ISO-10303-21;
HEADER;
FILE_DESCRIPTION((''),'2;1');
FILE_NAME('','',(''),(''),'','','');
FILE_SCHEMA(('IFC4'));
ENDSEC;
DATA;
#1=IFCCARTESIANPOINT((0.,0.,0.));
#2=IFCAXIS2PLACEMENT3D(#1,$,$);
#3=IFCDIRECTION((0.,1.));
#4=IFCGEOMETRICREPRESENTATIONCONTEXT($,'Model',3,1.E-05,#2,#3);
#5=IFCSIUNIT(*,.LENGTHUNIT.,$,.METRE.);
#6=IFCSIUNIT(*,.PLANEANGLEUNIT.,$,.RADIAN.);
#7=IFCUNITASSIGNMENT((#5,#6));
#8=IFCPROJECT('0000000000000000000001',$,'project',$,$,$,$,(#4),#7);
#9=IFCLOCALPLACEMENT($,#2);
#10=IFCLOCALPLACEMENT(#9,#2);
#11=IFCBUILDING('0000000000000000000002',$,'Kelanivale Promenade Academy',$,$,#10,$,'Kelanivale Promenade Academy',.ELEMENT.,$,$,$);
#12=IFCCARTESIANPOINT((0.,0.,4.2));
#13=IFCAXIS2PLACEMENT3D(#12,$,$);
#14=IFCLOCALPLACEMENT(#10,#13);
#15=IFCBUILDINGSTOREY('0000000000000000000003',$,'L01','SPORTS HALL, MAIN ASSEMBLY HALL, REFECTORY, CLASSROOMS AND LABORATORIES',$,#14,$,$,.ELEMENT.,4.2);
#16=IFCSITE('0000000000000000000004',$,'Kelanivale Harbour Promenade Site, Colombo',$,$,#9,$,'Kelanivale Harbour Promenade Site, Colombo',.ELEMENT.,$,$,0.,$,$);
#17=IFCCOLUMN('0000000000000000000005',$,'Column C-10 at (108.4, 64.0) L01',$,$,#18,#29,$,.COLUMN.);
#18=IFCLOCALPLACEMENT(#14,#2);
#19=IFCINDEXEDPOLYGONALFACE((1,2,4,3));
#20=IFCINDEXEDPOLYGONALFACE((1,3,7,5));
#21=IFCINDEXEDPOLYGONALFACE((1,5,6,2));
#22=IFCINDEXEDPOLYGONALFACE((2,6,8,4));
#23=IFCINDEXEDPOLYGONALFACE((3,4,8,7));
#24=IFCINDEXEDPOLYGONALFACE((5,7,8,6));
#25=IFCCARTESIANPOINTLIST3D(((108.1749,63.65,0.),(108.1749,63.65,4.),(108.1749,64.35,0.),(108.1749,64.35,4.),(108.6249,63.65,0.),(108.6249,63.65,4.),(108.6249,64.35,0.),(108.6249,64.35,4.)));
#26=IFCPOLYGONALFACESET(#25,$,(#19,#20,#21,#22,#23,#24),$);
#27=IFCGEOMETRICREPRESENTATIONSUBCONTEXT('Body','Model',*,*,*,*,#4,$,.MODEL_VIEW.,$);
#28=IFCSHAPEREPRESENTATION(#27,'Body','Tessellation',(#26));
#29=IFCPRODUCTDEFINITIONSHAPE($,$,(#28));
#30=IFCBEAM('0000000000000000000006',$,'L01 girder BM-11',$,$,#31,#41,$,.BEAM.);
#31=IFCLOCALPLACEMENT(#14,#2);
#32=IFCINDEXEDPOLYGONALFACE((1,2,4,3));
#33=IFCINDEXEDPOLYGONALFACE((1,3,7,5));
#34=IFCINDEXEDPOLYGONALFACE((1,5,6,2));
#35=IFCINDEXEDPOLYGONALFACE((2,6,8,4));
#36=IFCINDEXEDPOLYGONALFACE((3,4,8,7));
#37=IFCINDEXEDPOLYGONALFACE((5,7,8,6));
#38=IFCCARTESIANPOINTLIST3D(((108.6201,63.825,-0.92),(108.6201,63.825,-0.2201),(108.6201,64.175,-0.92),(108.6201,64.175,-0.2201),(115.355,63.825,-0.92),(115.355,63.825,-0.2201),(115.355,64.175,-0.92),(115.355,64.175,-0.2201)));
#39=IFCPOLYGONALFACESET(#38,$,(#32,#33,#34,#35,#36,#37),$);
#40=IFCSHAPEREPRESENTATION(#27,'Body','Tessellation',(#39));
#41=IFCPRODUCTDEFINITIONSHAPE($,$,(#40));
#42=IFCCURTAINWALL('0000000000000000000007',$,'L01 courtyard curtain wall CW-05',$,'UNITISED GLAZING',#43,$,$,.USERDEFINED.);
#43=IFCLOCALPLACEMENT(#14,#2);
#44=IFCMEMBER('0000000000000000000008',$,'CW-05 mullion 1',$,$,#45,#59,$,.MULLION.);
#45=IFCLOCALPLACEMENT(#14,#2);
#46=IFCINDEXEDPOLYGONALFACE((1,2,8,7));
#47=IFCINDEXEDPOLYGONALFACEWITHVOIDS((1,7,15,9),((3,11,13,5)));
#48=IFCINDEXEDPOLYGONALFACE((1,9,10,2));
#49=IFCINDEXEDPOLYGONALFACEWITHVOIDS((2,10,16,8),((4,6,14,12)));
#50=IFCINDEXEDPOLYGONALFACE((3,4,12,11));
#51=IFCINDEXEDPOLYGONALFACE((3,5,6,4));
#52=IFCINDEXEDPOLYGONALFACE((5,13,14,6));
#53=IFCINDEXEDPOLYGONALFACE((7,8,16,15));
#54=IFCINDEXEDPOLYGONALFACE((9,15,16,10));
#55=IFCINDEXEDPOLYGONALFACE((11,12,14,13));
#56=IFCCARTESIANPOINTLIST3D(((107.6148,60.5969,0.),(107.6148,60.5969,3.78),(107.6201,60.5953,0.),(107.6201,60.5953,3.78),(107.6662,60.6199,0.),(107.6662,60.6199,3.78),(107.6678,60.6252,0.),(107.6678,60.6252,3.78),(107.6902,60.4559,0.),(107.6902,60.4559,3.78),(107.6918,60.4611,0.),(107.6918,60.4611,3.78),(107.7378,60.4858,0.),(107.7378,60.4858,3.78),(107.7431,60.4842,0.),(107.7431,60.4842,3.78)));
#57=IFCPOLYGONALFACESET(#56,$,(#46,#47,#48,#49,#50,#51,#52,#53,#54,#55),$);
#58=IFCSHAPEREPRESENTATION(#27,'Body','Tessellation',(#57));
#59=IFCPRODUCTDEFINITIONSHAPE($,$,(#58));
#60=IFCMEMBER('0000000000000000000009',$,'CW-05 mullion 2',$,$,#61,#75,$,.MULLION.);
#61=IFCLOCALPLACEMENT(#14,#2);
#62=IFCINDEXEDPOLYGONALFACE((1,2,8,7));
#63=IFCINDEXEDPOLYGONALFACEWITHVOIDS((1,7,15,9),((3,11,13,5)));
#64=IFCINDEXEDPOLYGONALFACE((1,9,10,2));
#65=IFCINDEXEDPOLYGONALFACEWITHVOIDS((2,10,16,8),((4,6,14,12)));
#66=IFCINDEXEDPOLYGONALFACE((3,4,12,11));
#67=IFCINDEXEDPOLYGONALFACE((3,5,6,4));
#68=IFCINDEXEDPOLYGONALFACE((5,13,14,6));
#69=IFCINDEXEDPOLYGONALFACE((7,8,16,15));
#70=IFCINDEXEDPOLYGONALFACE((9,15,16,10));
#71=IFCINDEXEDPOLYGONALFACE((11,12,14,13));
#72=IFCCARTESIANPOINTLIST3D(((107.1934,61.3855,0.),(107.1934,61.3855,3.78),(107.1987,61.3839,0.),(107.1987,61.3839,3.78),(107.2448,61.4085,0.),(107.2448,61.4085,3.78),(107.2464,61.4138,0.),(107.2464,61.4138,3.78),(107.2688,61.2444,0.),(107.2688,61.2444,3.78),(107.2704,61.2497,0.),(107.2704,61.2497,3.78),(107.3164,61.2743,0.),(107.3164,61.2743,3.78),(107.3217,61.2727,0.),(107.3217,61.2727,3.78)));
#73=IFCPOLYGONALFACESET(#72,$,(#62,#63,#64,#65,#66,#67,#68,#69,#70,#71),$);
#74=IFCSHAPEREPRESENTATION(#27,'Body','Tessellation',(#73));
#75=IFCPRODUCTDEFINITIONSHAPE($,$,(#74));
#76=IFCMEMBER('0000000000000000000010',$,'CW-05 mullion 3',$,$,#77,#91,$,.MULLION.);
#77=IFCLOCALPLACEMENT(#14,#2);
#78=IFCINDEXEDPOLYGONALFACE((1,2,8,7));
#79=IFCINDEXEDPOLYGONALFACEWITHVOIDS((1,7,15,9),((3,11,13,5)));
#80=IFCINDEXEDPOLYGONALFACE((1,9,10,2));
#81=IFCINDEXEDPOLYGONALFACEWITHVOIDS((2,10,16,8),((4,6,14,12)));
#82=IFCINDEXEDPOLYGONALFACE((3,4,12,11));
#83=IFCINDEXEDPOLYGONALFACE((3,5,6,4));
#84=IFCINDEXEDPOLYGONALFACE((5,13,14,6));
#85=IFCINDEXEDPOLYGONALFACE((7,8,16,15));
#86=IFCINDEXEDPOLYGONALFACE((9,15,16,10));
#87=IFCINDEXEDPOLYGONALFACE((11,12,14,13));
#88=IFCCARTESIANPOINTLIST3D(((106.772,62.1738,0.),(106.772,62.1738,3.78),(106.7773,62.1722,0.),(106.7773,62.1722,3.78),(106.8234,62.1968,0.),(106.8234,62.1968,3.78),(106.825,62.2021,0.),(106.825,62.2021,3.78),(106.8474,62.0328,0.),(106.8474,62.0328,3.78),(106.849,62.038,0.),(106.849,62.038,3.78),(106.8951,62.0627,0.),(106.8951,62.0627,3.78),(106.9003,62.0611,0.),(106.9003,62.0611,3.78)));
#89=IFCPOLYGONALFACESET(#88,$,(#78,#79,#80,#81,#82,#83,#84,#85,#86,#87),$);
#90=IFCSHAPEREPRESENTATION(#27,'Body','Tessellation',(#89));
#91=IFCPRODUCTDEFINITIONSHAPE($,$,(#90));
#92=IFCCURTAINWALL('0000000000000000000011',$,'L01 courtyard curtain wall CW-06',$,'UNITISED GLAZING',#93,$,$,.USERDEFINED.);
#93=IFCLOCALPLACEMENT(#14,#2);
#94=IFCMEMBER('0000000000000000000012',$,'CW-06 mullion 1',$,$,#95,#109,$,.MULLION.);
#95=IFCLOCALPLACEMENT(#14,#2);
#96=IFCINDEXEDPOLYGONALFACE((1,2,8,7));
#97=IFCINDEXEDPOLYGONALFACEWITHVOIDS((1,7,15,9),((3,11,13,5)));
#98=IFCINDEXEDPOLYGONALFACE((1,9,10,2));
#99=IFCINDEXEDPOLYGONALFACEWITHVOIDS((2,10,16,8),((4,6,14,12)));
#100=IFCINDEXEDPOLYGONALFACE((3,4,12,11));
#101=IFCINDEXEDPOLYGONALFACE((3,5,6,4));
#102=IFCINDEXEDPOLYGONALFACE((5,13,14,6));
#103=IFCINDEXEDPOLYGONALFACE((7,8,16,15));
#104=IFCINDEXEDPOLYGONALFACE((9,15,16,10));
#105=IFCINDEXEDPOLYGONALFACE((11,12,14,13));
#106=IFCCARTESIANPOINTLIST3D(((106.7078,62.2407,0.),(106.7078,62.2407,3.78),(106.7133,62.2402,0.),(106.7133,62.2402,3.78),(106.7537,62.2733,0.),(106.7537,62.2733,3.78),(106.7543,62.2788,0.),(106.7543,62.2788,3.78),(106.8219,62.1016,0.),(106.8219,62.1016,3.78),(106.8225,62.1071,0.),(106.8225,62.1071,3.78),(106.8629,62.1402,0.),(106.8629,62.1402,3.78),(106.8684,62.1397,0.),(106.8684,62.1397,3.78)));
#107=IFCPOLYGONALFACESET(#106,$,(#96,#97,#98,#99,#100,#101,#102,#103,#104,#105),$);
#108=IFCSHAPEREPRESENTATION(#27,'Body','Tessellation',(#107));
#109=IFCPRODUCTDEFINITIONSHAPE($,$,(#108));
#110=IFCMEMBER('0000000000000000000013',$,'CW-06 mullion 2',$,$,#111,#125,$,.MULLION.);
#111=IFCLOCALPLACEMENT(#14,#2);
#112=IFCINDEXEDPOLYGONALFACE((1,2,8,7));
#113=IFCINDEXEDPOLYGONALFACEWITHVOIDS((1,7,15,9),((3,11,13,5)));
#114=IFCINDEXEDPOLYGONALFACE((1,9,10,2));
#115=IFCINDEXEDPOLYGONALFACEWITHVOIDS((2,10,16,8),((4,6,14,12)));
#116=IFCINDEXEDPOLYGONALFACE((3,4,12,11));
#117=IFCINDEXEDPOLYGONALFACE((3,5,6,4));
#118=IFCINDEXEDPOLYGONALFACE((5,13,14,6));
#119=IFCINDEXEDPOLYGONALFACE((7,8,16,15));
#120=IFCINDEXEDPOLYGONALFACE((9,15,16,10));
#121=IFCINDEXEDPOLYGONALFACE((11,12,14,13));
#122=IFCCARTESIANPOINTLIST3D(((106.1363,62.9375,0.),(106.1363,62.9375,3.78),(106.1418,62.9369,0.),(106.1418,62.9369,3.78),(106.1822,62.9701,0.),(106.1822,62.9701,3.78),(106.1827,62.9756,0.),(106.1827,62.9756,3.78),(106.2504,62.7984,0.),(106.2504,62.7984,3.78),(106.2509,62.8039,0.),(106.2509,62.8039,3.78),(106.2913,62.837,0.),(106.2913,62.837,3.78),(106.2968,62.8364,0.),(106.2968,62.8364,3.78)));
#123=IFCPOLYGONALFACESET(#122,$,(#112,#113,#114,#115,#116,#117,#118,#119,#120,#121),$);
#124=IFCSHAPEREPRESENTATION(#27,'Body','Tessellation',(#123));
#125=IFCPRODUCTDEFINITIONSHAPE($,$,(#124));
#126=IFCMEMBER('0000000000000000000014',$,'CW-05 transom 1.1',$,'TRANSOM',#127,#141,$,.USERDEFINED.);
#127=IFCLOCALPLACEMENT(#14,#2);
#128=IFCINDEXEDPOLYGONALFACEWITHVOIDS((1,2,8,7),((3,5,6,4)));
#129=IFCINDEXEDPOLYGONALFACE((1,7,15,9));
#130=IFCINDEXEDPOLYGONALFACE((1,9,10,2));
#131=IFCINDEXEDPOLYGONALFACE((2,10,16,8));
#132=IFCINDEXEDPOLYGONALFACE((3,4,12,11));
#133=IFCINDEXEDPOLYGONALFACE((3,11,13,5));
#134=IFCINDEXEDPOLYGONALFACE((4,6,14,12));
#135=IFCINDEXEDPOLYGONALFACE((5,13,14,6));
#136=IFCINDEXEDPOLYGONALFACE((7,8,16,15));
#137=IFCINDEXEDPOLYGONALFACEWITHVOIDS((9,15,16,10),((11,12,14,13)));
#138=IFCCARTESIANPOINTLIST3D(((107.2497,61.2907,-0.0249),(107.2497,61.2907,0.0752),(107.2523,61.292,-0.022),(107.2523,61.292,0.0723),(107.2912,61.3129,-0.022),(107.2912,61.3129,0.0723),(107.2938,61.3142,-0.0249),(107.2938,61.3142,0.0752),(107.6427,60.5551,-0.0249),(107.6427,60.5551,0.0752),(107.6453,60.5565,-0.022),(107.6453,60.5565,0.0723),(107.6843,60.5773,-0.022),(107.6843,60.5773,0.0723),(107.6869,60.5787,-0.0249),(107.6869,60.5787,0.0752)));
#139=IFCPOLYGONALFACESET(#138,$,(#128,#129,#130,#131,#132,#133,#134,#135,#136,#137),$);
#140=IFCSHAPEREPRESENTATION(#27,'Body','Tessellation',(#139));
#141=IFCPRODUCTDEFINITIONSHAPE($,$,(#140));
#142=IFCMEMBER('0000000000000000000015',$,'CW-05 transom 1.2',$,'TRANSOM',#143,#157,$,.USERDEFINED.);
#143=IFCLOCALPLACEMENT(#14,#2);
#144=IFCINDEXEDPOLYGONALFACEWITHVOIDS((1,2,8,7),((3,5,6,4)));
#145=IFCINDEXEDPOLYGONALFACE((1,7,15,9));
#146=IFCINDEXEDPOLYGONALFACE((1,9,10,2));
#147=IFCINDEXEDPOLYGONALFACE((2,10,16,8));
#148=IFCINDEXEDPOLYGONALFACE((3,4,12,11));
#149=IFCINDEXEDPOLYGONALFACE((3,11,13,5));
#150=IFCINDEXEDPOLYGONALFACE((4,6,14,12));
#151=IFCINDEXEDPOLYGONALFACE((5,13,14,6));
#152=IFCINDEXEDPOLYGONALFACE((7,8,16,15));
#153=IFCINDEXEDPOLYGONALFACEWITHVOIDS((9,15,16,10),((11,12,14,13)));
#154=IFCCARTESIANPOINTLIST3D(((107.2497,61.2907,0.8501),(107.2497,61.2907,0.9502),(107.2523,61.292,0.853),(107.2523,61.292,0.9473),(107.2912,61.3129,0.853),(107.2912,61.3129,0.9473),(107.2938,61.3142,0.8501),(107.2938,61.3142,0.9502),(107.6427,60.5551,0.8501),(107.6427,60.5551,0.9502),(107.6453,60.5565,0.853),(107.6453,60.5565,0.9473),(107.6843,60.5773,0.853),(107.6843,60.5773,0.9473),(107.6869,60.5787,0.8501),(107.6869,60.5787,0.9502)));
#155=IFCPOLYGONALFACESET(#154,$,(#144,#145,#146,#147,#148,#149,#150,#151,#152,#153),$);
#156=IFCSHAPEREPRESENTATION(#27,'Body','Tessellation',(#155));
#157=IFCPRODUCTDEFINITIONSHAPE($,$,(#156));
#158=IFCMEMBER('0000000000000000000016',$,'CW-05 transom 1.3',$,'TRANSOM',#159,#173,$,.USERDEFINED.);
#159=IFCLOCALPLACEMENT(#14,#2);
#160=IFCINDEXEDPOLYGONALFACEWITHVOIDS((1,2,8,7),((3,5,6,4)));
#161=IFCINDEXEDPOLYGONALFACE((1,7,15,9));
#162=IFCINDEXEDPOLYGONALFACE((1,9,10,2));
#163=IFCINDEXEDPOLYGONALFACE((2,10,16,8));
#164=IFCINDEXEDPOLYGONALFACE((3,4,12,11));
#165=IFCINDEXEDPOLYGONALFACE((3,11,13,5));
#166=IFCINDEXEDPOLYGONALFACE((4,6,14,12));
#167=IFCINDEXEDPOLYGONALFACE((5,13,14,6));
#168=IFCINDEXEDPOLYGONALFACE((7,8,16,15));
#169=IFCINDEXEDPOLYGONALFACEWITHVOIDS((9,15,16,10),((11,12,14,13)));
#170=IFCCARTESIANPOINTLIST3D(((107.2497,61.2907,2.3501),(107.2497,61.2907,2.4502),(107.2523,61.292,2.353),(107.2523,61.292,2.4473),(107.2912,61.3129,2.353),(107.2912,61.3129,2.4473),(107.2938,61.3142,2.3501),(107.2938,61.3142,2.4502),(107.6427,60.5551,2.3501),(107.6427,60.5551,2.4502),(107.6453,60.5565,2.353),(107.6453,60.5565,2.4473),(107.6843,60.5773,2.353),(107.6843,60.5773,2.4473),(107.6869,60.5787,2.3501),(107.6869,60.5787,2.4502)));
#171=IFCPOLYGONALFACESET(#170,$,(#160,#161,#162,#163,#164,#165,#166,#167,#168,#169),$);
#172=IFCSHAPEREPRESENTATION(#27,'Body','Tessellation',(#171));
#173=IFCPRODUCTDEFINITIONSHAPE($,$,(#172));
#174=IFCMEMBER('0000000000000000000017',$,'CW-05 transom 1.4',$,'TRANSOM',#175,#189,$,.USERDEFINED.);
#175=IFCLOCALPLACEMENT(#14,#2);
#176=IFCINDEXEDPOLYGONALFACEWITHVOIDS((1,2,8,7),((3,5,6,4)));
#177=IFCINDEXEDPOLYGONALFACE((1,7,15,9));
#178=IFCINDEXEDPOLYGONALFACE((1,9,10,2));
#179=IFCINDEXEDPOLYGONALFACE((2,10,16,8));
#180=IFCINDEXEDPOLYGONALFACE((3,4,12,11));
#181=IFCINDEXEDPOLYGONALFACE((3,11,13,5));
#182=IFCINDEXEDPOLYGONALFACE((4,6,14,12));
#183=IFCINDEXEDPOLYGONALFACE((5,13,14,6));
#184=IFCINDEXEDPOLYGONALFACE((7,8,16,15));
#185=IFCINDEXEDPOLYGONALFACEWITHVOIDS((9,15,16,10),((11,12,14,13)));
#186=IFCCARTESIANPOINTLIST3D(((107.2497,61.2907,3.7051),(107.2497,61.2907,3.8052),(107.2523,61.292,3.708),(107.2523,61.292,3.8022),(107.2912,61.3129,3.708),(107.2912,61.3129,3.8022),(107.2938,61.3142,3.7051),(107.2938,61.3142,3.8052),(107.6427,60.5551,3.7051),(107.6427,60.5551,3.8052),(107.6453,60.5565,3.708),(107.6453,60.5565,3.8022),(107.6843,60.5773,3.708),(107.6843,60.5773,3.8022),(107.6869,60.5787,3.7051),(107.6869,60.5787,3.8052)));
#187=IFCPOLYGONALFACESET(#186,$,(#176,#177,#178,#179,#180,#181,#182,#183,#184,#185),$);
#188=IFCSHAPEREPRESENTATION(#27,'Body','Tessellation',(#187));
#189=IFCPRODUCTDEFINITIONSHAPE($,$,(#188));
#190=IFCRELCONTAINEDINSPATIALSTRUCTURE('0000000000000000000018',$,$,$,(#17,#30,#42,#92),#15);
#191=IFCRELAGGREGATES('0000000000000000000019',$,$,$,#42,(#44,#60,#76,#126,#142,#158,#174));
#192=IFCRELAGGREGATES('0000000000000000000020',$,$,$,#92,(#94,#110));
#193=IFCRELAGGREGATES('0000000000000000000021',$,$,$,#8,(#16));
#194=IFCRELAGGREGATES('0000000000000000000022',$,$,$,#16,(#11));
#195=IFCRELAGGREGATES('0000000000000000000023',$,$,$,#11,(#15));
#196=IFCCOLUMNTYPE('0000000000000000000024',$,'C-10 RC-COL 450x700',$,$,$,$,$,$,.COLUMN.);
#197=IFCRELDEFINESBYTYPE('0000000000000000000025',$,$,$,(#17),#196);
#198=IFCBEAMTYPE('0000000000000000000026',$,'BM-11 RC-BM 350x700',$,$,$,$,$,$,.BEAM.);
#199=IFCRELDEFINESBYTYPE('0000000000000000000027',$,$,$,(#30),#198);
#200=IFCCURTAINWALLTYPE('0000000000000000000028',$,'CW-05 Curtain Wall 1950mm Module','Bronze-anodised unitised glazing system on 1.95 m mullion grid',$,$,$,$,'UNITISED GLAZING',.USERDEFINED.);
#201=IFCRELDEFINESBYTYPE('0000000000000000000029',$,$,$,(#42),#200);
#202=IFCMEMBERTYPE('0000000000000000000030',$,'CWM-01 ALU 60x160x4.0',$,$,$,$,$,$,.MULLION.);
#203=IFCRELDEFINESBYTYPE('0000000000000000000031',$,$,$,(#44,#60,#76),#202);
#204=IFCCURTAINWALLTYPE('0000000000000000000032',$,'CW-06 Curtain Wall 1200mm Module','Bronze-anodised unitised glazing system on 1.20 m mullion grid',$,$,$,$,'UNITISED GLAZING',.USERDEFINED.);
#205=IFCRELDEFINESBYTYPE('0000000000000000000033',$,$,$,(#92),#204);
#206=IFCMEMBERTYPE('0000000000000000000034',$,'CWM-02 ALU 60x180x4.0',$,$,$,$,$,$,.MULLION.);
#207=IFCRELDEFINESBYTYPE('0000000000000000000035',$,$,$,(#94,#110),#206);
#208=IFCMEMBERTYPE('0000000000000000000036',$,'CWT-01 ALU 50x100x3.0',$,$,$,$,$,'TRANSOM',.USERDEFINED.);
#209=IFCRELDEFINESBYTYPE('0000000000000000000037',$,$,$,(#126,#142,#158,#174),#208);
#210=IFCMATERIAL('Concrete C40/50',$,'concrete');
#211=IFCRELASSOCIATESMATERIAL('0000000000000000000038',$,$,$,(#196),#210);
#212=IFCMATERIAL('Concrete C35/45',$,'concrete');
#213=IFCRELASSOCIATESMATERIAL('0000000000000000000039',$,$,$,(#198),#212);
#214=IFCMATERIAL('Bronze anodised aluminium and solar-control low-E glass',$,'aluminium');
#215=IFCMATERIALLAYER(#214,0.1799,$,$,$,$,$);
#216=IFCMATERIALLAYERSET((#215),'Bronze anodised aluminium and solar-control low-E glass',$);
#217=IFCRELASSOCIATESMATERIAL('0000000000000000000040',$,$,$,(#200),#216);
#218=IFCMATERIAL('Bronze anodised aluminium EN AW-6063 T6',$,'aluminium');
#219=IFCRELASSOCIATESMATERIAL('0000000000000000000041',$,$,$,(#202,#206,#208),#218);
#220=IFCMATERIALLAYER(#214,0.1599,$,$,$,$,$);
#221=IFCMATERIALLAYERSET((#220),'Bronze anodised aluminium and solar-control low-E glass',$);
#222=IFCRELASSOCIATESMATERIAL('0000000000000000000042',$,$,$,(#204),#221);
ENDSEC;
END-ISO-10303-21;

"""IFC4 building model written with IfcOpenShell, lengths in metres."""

from ifc_helpers import new_model, si_unit, direction, frame, origin, origin_2d, place, context, subcontext, project, spatial, rectangle, hollow_rectangle, extrude, material, layer, layer_set, material_profile, profile_set, type_object, element, aggregate, save


model = new_model("IFC4")

# Units and contexts
model_context = context("Model", 3, precision=1e-05, world=origin(), true_north=direction((0.0, 1.0)))
body_context = subcontext(model_context, "Body", "Model", "MODEL_VIEW")
ifc_project = project(units=[si_unit("LENGTHUNIT", "METRE"), si_unit("PLANEANGLEUNIT", "RADIAN")], contexts=[model_context])

# Site, building, storey
site_placement = place(None, origin())
site = spatial("IfcSite", under=ifc_project, at=site_placement, Name="Kelanivale Harbour Promenade Site, Colombo", LongName="Kelanivale Harbour Promenade Site, Colombo", CompositionType="ELEMENT", RefElevation=0.0)
building_placement = place(site_placement, origin())
building = spatial("IfcBuilding", under=site, at=building_placement, Name="Kelanivale Promenade Academy", LongName="Kelanivale Promenade Academy", CompositionType="ELEMENT")
storey_placement = place(building_placement, frame((0.0, 0.0, 4.2)))
storey = spatial("IfcBuildingStorey", under=building, at=storey_placement, Name="L01", Description="SPORTS HALL, MAIN ASSEMBLY HALL, REFECTORY, CLASSROOMS AND LABORATORIES", CompositionType="ELEMENT", Elevation=4.2)

# Column
ifc_material_1 = material(Name="Concrete C40/50", Category="concrete")
ifc_material_profile_1 = material_profile(ifc_material_1, rectangle(XDim=0.45, YDim=0.7, at=origin_2d()), Name="RC-COL 450x700")
ifc_profile_set_1 = profile_set([ifc_material_profile_1], Name="Concrete C40/50")
column_type = type_object("IfcColumnType", Name="C-10 RC-COL 450x700", PredefinedType="COLUMN", material=ifc_profile_set_1)
column_placement = place(storey_placement, frame((108.3999, 64.0, 0.0), z_axis=(0.0, 0.0, 1.0), x_axis=(1.0, 0.0, 0.0)))
element("IfcColumn", 1, at=column_placement, inside=storey, type_object=column_type, Name="Column C-10 at (108.4, 64.0) L01", PredefinedType="COLUMN", context=body_context, shape_type="SweptSolid", body=[
    extrude(rectangle(XDim=0.45, YDim=0.7, at=origin_2d()), origin(), (0.0, 0.0, 1.0), 4.0),
])

# Beam
ifc_material_2 = material(Name="Concrete C35/45", Category="concrete")
ifc_material_profile_2 = material_profile(ifc_material_2, rectangle(XDim=0.3501, YDim=0.7, at=origin_2d()), Name="RC-BM 350x700")
ifc_profile_set_2 = profile_set([ifc_material_profile_2], Name="Concrete C35/45")
beam_type_1 = type_object("IfcBeamType", Name="BM-11 RC-BM 350x700", PredefinedType="BEAM", material=ifc_profile_set_2)
beam_1_placement = place(storey_placement, frame((108.6201, 64.0, -0.5701), z_axis=(1.0, 0.0, 0.0), x_axis=(0.0, 1.0, 0.0)))
element("IfcBeam", 2, at=beam_1_placement, inside=storey, type_object=beam_type_1, Name="L01 girder BM-11", PredefinedType="BEAM", context=body_context, shape_type="SweptSolid", body=[
    extrude(rectangle(XDim=0.3501, YDim=0.7, at=origin_2d()), origin(), (0.0, 0.0, 1.0), 6.7349),
])

# Curtain walls, members
ifc_material_3 = material(Name="Bronze anodised aluminium and solar-control low-E glass", Category="aluminium")
ifc_layer_1 = layer(ifc_material_3, 0.1799)
ifc_layer_set_1 = layer_set([ifc_layer_1], Name="Bronze anodised aluminium and solar-control low-E glass")
curtain_wall_type_1 = type_object("IfcCurtainWallType", Name="CW-05 Curtain Wall 1950mm Module", Description="Bronze-anodised unitised glazing system on 1.95 m mullion grid", ElementType="UNITISED GLAZING", PredefinedType="USERDEFINED", material=ifc_layer_set_1)
curtain_wall_1_placement = place(storey_placement, origin())
curtain_wall_1 = element("IfcCurtainWall", 3, at=curtain_wall_1_placement, inside=storey, type_object=curtain_wall_type_1, Name="L01 courtyard curtain wall CW-05", ObjectType="UNITISED GLAZING", PredefinedType="USERDEFINED")
ifc_material_4 = material(Name="Bronze anodised aluminium EN AW-6063 T6", Category="aluminium")
ifc_material_profile_3 = material_profile(ifc_material_4, hollow_rectangle(XDim=0.0601, YDim=0.1599, WallThickness=0.0039, at=origin_2d()), Name="ALU 60x160x4.0")
ifc_profile_set_3 = profile_set([ifc_material_profile_3], Name="Bronze anodised aluminium EN AW-6063 T6")
member_type_1 = type_object("IfcMemberType", Name="CWM-01 ALU 60x160x4.0", PredefinedType="MULLION", material=ifc_profile_set_3)
member_1_placement = place(storey_placement, frame((107.679, 60.5405, 0.0), z_axis=(0.0, 0.0, 1.0), x_axis=(-0.881978, -0.47129, 0.0)))
member_1 = element("IfcMember", 4, at=member_1_placement, type_object=member_type_1, Name="CW-05 mullion 1", PredefinedType="MULLION", context=body_context, shape_type="SweptSolid", body=[
    extrude(hollow_rectangle(XDim=0.0601, YDim=0.1599, WallThickness=0.0039, at=origin_2d()), origin(), (0.0, 0.0, 1.0), 3.78),
])
member_2_placement = place(storey_placement, frame((107.2576, 61.3291, 0.0), z_axis=(0.0, 0.0, 1.0), x_axis=(-0.881978, -0.47129, 0.0)))
member_2 = element("IfcMember", 5, at=member_2_placement, type_object=member_type_1, Name="CW-05 mullion 2", PredefinedType="MULLION", context=body_context, shape_type="SweptSolid", body=[
    extrude(hollow_rectangle(XDim=0.0601, YDim=0.1599, WallThickness=0.0039, at=origin_2d()), origin(), (0.0, 0.0, 1.0), 3.78),
])
member_3_placement = place(storey_placement, frame((106.8362, 62.1174, 0.0), z_axis=(0.0, 0.0, 1.0), x_axis=(-0.881978, -0.47129, 0.0)))
member_3 = element("IfcMember", 6, at=member_3_placement, type_object=member_type_1, Name="CW-05 mullion 3", PredefinedType="MULLION", context=body_context, shape_type="SweptSolid", body=[
    extrude(hollow_rectangle(XDim=0.0601, YDim=0.1599, WallThickness=0.0039, at=origin_2d()), origin(), (0.0, 0.0, 1.0), 3.78),
])
ifc_layer_2 = layer(ifc_material_3, 0.1599)
ifc_layer_set_2 = layer_set([ifc_layer_2], Name="Bronze anodised aluminium and solar-control low-E glass")
curtain_wall_type_2 = type_object("IfcCurtainWallType", Name="CW-06 Curtain Wall 1200mm Module", Description="Bronze-anodised unitised glazing system on 1.20 m mullion grid", ElementType="UNITISED GLAZING", PredefinedType="USERDEFINED", material=ifc_layer_set_2)
curtain_wall_2_placement = place(storey_placement, origin())
curtain_wall_2 = element("IfcCurtainWall", 7, at=curtain_wall_2_placement, inside=storey, type_object=curtain_wall_type_2, Name="L01 courtyard curtain wall CW-06", ObjectType="UNITISED GLAZING", PredefinedType="USERDEFINED")
ifc_material_profile_4 = material_profile(ifc_material_4, hollow_rectangle(XDim=0.0601, YDim=0.1799, WallThickness=0.0039, at=origin_2d()), Name="ALU 60x180x4.0")
ifc_profile_set_4 = profile_set([ifc_material_profile_4], Name="Bronze anodised aluminium EN AW-6063 T6")
member_type_2 = type_object("IfcMemberType", Name="CWM-02 ALU 60x180x4.0", PredefinedType="MULLION", material=ifc_profile_set_4)
member_4_placement = place(storey_placement, frame((106.7881, 62.1902, 0.0), z_axis=(0.0, 0.0, 1.0), x_axis=(-0.773215, -0.634144, 0.0)))
member_4 = element("IfcMember", 8, at=member_4_placement, type_object=member_type_2, Name="CW-06 mullion 1", PredefinedType="MULLION", context=body_context, shape_type="SweptSolid", body=[
    extrude(hollow_rectangle(XDim=0.0601, YDim=0.1799, WallThickness=0.0039, at=origin_2d()), origin(), (0.0, 0.0, 1.0), 3.78),
])
member_5_placement = place(storey_placement, frame((106.2166, 62.887, 0.0), z_axis=(0.0, 0.0, 1.0), x_axis=(-0.773215, -0.634144, 0.0)))
member_5 = element("IfcMember", 9, at=member_5_placement, type_object=member_type_2, Name="CW-06 mullion 2", PredefinedType="MULLION", context=body_context, shape_type="SweptSolid", body=[
    extrude(hollow_rectangle(XDim=0.0601, YDim=0.1799, WallThickness=0.0039, at=origin_2d()), origin(), (0.0, 0.0, 1.0), 3.78),
])

# Members
ifc_material_profile_5 = material_profile(ifc_material_4, hollow_rectangle(XDim=0.05, YDim=0.1001, WallThickness=0.0029, at=origin_2d()), Name="ALU 50x100x3.0")
ifc_profile_set_5 = profile_set([ifc_material_profile_5], Name="Bronze anodised aluminium EN AW-6063 T6")
member_type_3 = type_object("IfcMemberType", Name="CWT-01 ALU 50x100x3.0", ElementType="TRANSOM", PredefinedType="USERDEFINED", material=ifc_profile_set_5)
member_6_placement = place(storey_placement, frame((107.6648, 60.5669, 0.0251), z_axis=(-0.471287, 0.88198, 0.0), x_axis=(-0.88198, -0.471287, 0.0)))
member_6 = element("IfcMember", 10, at=member_6_placement, type_object=member_type_3, Name="CW-05 transom 1.1", ObjectType="TRANSOM", PredefinedType="USERDEFINED", context=body_context, shape_type="SweptSolid", body=[
    extrude(hollow_rectangle(XDim=0.05, YDim=0.1001, WallThickness=0.0029, at=origin_2d()), origin(), (0.0, 0.0, 1.0), 0.834),
])
member_7_placement = place(storey_placement, frame((107.6648, 60.5669, 0.9001), z_axis=(-0.471287, 0.88198, 0.0), x_axis=(-0.88198, -0.471287, 0.0)))
member_7 = element("IfcMember", 11, at=member_7_placement, type_object=member_type_3, Name="CW-05 transom 1.2", ObjectType="TRANSOM", PredefinedType="USERDEFINED", context=body_context, shape_type="SweptSolid", body=[
    extrude(hollow_rectangle(XDim=0.05, YDim=0.1001, WallThickness=0.0029, at=origin_2d()), origin(), (0.0, 0.0, 1.0), 0.834),
])
member_8_placement = place(storey_placement, frame((107.6648, 60.5669, 2.4001), z_axis=(-0.471287, 0.88198, 0.0), x_axis=(-0.88198, -0.471287, 0.0)))
member_8 = element("IfcMember", 12, at=member_8_placement, type_object=member_type_3, Name="CW-05 transom 1.3", ObjectType="TRANSOM", PredefinedType="USERDEFINED", context=body_context, shape_type="SweptSolid", body=[
    extrude(hollow_rectangle(XDim=0.05, YDim=0.1001, WallThickness=0.0029, at=origin_2d()), origin(), (0.0, 0.0, 1.0), 0.834),
])
member_9_placement = place(storey_placement, frame((107.6648, 60.5669, 3.7551), z_axis=(-0.471287, 0.88198, 0.0), x_axis=(-0.88198, -0.471287, 0.0)))
member_9 = element("IfcMember", 13, at=member_9_placement, type_object=member_type_3, Name="CW-05 transom 1.4", ObjectType="TRANSOM", PredefinedType="USERDEFINED", context=body_context, shape_type="SweptSolid", body=[
    extrude(hollow_rectangle(XDim=0.05, YDim=0.1001, WallThickness=0.0029, at=origin_2d()), origin(), (0.0, 0.0, 1.0), 0.834),
])

aggregate(curtain_wall_1, [member_1, member_2, member_3, member_6, member_7, member_8, member_9])
aggregate(curtain_wall_2, [member_4, member_5])

save(model, "model.ifc")
